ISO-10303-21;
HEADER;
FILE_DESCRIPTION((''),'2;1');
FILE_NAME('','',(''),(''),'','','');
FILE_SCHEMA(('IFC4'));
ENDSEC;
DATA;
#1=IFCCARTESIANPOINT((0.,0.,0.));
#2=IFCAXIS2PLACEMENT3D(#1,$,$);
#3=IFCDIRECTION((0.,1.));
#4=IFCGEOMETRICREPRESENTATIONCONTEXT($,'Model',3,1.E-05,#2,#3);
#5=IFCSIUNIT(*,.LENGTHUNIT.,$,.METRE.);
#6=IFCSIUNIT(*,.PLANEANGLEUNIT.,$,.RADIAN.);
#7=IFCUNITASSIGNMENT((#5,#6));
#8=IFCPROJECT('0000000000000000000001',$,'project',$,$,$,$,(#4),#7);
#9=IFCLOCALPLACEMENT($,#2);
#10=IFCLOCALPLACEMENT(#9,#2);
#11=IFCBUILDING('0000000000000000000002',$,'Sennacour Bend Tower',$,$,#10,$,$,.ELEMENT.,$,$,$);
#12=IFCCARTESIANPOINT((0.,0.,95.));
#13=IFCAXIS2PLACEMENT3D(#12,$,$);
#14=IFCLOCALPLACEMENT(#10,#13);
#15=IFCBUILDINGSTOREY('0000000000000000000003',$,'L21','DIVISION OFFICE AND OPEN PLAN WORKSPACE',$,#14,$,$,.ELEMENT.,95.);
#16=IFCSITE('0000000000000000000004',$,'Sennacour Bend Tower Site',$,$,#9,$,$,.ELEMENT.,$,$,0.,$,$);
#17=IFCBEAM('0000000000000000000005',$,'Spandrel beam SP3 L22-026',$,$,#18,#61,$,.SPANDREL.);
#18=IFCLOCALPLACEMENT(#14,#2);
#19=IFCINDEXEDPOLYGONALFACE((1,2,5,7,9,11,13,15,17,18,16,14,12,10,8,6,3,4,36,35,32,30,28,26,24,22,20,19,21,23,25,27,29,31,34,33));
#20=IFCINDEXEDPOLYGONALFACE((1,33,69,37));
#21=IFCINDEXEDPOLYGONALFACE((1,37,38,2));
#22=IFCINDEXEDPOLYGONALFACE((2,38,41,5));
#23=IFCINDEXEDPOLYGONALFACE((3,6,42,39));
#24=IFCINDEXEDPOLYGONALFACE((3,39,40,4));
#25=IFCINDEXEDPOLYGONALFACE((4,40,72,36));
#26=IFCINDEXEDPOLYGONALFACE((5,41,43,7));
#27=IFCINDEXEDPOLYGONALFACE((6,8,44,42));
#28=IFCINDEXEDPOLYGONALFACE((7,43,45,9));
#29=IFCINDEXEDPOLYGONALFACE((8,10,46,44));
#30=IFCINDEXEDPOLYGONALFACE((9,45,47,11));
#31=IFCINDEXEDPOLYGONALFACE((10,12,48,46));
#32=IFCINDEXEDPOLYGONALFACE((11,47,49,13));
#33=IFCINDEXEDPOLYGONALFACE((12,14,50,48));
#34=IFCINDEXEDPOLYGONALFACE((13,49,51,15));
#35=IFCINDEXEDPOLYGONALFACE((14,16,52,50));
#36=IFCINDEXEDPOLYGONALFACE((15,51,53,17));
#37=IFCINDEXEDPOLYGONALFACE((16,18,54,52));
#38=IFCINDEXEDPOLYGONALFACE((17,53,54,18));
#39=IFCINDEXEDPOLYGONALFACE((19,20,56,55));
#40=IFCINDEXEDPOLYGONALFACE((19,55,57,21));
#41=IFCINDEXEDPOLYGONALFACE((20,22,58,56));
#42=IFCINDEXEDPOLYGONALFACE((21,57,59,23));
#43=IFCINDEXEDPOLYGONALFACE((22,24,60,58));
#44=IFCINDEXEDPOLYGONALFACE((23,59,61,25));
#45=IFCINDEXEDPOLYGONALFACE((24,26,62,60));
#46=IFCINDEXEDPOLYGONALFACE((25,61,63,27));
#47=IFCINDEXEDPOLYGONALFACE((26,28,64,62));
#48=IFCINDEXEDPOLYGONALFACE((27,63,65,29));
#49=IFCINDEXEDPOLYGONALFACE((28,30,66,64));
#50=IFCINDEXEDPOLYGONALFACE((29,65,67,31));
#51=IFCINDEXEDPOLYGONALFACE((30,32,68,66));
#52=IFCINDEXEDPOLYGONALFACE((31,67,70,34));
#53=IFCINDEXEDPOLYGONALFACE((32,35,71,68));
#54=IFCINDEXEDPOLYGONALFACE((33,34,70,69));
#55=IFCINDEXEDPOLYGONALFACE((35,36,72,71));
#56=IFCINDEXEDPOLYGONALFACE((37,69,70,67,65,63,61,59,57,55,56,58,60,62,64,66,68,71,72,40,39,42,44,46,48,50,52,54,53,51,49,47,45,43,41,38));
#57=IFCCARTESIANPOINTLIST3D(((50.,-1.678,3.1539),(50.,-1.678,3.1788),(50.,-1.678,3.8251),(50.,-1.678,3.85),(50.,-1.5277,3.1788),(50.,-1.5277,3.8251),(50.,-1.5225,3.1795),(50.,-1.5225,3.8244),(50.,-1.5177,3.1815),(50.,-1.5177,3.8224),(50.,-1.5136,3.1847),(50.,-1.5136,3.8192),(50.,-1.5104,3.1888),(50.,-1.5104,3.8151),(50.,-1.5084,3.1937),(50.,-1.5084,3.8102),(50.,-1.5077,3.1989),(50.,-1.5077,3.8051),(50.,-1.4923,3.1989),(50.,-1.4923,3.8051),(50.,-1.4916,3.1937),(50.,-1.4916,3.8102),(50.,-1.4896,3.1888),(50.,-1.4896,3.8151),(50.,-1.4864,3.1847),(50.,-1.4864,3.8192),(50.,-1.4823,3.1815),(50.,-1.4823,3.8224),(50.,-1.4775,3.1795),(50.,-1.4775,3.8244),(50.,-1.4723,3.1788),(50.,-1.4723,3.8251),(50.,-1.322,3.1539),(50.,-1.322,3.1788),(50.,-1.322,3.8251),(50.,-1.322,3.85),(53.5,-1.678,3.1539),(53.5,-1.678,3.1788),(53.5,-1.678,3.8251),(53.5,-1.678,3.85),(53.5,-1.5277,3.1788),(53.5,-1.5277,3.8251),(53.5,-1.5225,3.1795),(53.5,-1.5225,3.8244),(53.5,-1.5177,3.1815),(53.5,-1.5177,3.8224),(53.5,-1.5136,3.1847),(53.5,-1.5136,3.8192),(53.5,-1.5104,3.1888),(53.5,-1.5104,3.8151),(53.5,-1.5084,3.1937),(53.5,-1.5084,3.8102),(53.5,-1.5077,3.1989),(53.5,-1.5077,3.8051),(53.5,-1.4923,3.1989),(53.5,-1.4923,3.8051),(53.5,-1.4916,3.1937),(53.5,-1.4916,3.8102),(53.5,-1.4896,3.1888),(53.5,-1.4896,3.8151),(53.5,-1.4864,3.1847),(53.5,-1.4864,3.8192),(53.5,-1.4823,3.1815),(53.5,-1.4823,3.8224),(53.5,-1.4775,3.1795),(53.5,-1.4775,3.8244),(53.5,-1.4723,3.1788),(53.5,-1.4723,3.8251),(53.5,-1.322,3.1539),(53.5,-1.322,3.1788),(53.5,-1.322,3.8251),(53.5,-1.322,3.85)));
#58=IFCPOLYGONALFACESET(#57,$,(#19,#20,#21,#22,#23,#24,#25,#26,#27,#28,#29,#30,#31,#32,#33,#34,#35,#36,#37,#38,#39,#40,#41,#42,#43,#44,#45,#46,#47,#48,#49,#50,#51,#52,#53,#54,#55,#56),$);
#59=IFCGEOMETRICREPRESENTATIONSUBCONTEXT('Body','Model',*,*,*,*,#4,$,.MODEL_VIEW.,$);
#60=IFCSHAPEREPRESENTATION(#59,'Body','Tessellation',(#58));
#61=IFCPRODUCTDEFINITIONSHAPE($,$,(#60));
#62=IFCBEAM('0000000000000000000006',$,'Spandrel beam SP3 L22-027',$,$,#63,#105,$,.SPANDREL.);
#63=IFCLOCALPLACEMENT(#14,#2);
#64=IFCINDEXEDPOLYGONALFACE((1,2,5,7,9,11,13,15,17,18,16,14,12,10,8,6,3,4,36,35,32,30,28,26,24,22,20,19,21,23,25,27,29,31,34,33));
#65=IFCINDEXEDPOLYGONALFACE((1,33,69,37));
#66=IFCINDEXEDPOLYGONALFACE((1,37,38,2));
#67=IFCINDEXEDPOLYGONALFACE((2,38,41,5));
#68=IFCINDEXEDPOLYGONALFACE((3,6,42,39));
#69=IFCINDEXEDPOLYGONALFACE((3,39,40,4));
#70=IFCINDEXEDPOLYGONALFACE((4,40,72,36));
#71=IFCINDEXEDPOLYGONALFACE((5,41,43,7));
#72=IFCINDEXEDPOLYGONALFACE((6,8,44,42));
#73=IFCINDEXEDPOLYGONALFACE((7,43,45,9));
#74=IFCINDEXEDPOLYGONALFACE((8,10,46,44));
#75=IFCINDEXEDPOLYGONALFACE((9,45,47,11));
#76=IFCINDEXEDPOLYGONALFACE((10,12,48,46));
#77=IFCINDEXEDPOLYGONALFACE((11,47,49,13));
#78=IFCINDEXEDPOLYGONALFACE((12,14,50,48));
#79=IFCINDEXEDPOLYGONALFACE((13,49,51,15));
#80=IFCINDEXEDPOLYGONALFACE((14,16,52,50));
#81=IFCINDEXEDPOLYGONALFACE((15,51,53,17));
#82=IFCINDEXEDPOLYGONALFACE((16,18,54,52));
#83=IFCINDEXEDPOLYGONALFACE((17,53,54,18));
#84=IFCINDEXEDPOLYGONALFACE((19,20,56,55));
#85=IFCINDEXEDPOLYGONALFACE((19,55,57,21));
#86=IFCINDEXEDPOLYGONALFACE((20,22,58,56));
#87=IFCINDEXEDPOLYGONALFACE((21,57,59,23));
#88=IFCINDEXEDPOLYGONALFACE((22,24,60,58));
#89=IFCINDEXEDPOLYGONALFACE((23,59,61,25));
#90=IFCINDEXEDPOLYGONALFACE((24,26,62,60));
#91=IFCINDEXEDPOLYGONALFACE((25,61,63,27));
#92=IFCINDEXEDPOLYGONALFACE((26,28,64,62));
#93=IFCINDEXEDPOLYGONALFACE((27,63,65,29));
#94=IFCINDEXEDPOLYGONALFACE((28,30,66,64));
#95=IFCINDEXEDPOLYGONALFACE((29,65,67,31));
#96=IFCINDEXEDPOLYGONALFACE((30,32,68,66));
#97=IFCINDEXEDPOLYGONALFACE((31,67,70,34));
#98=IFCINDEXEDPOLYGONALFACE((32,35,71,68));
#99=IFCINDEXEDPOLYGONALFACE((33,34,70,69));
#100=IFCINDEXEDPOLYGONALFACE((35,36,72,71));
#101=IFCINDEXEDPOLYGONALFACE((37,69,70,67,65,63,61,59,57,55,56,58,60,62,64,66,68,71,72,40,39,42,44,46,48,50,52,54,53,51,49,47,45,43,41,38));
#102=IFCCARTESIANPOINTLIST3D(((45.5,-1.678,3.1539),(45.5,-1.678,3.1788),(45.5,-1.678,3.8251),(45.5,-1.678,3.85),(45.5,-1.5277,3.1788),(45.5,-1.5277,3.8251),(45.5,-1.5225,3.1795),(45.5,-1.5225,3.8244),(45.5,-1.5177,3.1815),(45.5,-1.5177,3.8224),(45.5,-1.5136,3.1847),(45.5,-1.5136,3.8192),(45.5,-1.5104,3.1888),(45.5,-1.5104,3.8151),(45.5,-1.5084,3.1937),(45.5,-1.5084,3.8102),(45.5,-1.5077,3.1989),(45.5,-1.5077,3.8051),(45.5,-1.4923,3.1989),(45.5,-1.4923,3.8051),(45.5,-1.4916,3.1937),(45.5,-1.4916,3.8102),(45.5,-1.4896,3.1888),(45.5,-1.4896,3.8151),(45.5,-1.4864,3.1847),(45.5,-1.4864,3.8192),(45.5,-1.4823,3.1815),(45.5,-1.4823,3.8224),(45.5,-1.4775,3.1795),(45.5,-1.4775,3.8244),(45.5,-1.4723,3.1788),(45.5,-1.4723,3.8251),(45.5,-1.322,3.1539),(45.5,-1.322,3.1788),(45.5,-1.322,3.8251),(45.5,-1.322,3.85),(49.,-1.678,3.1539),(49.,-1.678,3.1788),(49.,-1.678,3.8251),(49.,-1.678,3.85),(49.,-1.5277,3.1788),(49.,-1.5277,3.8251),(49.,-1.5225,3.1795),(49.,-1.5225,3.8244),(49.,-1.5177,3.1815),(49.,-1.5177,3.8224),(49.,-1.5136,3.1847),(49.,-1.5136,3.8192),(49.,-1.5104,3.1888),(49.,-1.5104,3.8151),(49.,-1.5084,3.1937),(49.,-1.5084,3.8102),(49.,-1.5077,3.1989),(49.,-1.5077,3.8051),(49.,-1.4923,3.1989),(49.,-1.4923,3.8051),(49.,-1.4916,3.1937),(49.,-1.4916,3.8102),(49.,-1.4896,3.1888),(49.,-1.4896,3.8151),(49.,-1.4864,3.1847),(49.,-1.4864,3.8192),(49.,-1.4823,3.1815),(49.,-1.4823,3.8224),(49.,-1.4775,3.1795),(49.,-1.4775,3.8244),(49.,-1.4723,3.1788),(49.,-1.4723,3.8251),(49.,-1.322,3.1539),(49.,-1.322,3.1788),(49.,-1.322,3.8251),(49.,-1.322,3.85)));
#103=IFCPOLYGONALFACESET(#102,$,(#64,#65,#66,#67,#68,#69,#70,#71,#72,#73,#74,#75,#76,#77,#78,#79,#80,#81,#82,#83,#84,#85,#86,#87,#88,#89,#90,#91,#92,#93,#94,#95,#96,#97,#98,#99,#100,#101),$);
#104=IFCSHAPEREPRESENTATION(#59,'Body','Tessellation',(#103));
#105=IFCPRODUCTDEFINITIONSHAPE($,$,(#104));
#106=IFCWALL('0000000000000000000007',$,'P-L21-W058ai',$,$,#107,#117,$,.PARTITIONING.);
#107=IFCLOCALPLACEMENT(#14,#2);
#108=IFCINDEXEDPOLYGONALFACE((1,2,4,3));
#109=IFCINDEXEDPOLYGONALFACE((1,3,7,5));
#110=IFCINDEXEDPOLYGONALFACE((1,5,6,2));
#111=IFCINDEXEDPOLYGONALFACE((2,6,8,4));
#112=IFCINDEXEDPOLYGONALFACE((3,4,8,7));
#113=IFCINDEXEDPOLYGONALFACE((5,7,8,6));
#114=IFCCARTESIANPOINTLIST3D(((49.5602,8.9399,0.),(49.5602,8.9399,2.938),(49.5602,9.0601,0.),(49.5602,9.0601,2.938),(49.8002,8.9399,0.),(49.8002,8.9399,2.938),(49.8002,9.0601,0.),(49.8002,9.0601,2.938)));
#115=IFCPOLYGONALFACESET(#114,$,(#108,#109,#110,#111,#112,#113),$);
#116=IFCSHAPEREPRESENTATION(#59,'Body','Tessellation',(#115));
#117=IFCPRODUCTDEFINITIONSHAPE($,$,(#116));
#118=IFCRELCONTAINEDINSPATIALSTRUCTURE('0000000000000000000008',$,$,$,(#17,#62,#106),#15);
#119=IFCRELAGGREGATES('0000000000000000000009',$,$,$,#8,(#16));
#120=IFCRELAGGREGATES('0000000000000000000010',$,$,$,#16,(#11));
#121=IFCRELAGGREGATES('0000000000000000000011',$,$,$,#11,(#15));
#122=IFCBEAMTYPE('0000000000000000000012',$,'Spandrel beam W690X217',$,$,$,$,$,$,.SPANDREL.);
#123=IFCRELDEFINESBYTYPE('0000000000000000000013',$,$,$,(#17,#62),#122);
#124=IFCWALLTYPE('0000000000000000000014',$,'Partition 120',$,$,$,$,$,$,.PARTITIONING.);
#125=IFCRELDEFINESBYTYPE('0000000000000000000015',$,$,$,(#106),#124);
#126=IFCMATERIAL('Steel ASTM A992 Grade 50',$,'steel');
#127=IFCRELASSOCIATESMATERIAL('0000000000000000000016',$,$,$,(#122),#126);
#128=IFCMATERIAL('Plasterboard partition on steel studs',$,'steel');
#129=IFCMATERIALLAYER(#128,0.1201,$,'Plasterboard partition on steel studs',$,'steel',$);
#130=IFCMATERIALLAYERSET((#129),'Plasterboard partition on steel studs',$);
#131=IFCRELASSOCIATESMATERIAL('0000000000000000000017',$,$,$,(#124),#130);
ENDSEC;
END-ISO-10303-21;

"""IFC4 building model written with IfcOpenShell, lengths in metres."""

from ifc_helpers import new_model, si_unit, direction, frame, frame_2d, origin, origin_2d, place, context, subcontext, project, spatial, rectangle, i_section, extrude, material, layer, layer_set, material_profile, profile_set, type_object, element, save


model = new_model("IFC4")

# Units and contexts
model_context = context("Model", 3, precision=1e-05, world=origin(), true_north=direction((0.0, 1.0)))
body_context = subcontext(model_context, "Body", "Model", "MODEL_VIEW")
ifc_project = project(units=[si_unit("LENGTHUNIT", "METRE"), si_unit("PLANEANGLEUNIT", "RADIAN")], contexts=[model_context])

# Site, building, storey
site_placement = place(None, origin())
site = spatial("IfcSite", under=ifc_project, at=site_placement, Name="Sennacour Bend Tower Site", CompositionType="ELEMENT", RefElevation=0.0)
building_placement = place(site_placement, origin())
building = spatial("IfcBuilding", under=site, at=building_placement, Name="Sennacour Bend Tower", CompositionType="ELEMENT")
storey_placement = place(building_placement, frame((0.0, 0.0, 95.0)))
storey = spatial("IfcBuildingStorey", under=building, at=storey_placement, Name="L21", Description="DIVISION OFFICE AND OPEN PLAN WORKSPACE", CompositionType="ELEMENT", Elevation=95.0)

# Beams
ifc_material_1 = material(Name="Steel ASTM A992 Grade 50", Category="steel")
ifc_material_profile_1 = material_profile(ifc_material_1, i_section(OverallWidth=0.356, OverallDepth=0.696, WebThickness=0.0154, FlangeThickness=0.0249, FilletRadius=0.02, at=origin_2d()), Name="Steel ASTM A992 Grade 50", Category="steel")
ifc_profile_set_1 = profile_set([ifc_material_profile_1], Name="Steel ASTM A992 Grade 50")
beam_type_1 = type_object("IfcBeamType", Name="Spandrel beam W690X217", PredefinedType="SPANDREL", material=ifc_profile_set_1)
for number, where, z_axis, x_axis, name in (
    (1, (53.5, -1.5, 3.502), (-1.0, 0.0, 0.0), (0.0, -1.0, 0.0), "Spandrel beam SP3 L22-026"),
    (2, (49.0, -1.5, 3.502), (-1.0, 0.0, 0.0), (0.0, -1.0, 0.0), "Spandrel beam SP3 L22-027"),
):
    element("IfcBeam", number, at=place(storey_placement, frame(where, z_axis=z_axis, x_axis=x_axis)), inside=storey, type_object=beam_type_1, Name=name, PredefinedType="SPANDREL", context=body_context, shape_type="SweptSolid", body=[
        extrude(i_section(OverallWidth=0.356, OverallDepth=0.696, WebThickness=0.0154, FlangeThickness=0.0249, FilletRadius=0.02, at=origin_2d()), origin(), (0.0, 0.0, 1.0), 3.5),
    ])

# Wall
ifc_material_2 = material(Name="Plasterboard partition on steel studs", Category="steel")
ifc_layer_1 = layer(ifc_material_2, 0.1201, Name="Plasterboard partition on steel studs", Category="steel")
ifc_layer_set_1 = layer_set([ifc_layer_1], Name="Plasterboard partition on steel studs")
wall_type_1 = type_object("IfcWallType", Name="Partition 120", PredefinedType="PARTITIONING", material=ifc_layer_set_1)
wall_1_placement = place(storey_placement, frame((49.5601, 9.0, 0.0), z_axis=(0.0, 0.0, 1.0), x_axis=(1.0, 0.0, 0.0)))
element("IfcWall", 3, at=wall_1_placement, inside=storey, type_object=wall_type_1, Name="P-L21-W058ai", PredefinedType="PARTITIONING", context=body_context, shape_type="SweptSolid", body=[
    extrude(rectangle(XDim=0.24, YDim=0.1201, at=frame_2d((0.1201, 0.0))), origin(), (0.0, 0.0, 1.0), 2.938),
])

save(model, "model.ifc")
